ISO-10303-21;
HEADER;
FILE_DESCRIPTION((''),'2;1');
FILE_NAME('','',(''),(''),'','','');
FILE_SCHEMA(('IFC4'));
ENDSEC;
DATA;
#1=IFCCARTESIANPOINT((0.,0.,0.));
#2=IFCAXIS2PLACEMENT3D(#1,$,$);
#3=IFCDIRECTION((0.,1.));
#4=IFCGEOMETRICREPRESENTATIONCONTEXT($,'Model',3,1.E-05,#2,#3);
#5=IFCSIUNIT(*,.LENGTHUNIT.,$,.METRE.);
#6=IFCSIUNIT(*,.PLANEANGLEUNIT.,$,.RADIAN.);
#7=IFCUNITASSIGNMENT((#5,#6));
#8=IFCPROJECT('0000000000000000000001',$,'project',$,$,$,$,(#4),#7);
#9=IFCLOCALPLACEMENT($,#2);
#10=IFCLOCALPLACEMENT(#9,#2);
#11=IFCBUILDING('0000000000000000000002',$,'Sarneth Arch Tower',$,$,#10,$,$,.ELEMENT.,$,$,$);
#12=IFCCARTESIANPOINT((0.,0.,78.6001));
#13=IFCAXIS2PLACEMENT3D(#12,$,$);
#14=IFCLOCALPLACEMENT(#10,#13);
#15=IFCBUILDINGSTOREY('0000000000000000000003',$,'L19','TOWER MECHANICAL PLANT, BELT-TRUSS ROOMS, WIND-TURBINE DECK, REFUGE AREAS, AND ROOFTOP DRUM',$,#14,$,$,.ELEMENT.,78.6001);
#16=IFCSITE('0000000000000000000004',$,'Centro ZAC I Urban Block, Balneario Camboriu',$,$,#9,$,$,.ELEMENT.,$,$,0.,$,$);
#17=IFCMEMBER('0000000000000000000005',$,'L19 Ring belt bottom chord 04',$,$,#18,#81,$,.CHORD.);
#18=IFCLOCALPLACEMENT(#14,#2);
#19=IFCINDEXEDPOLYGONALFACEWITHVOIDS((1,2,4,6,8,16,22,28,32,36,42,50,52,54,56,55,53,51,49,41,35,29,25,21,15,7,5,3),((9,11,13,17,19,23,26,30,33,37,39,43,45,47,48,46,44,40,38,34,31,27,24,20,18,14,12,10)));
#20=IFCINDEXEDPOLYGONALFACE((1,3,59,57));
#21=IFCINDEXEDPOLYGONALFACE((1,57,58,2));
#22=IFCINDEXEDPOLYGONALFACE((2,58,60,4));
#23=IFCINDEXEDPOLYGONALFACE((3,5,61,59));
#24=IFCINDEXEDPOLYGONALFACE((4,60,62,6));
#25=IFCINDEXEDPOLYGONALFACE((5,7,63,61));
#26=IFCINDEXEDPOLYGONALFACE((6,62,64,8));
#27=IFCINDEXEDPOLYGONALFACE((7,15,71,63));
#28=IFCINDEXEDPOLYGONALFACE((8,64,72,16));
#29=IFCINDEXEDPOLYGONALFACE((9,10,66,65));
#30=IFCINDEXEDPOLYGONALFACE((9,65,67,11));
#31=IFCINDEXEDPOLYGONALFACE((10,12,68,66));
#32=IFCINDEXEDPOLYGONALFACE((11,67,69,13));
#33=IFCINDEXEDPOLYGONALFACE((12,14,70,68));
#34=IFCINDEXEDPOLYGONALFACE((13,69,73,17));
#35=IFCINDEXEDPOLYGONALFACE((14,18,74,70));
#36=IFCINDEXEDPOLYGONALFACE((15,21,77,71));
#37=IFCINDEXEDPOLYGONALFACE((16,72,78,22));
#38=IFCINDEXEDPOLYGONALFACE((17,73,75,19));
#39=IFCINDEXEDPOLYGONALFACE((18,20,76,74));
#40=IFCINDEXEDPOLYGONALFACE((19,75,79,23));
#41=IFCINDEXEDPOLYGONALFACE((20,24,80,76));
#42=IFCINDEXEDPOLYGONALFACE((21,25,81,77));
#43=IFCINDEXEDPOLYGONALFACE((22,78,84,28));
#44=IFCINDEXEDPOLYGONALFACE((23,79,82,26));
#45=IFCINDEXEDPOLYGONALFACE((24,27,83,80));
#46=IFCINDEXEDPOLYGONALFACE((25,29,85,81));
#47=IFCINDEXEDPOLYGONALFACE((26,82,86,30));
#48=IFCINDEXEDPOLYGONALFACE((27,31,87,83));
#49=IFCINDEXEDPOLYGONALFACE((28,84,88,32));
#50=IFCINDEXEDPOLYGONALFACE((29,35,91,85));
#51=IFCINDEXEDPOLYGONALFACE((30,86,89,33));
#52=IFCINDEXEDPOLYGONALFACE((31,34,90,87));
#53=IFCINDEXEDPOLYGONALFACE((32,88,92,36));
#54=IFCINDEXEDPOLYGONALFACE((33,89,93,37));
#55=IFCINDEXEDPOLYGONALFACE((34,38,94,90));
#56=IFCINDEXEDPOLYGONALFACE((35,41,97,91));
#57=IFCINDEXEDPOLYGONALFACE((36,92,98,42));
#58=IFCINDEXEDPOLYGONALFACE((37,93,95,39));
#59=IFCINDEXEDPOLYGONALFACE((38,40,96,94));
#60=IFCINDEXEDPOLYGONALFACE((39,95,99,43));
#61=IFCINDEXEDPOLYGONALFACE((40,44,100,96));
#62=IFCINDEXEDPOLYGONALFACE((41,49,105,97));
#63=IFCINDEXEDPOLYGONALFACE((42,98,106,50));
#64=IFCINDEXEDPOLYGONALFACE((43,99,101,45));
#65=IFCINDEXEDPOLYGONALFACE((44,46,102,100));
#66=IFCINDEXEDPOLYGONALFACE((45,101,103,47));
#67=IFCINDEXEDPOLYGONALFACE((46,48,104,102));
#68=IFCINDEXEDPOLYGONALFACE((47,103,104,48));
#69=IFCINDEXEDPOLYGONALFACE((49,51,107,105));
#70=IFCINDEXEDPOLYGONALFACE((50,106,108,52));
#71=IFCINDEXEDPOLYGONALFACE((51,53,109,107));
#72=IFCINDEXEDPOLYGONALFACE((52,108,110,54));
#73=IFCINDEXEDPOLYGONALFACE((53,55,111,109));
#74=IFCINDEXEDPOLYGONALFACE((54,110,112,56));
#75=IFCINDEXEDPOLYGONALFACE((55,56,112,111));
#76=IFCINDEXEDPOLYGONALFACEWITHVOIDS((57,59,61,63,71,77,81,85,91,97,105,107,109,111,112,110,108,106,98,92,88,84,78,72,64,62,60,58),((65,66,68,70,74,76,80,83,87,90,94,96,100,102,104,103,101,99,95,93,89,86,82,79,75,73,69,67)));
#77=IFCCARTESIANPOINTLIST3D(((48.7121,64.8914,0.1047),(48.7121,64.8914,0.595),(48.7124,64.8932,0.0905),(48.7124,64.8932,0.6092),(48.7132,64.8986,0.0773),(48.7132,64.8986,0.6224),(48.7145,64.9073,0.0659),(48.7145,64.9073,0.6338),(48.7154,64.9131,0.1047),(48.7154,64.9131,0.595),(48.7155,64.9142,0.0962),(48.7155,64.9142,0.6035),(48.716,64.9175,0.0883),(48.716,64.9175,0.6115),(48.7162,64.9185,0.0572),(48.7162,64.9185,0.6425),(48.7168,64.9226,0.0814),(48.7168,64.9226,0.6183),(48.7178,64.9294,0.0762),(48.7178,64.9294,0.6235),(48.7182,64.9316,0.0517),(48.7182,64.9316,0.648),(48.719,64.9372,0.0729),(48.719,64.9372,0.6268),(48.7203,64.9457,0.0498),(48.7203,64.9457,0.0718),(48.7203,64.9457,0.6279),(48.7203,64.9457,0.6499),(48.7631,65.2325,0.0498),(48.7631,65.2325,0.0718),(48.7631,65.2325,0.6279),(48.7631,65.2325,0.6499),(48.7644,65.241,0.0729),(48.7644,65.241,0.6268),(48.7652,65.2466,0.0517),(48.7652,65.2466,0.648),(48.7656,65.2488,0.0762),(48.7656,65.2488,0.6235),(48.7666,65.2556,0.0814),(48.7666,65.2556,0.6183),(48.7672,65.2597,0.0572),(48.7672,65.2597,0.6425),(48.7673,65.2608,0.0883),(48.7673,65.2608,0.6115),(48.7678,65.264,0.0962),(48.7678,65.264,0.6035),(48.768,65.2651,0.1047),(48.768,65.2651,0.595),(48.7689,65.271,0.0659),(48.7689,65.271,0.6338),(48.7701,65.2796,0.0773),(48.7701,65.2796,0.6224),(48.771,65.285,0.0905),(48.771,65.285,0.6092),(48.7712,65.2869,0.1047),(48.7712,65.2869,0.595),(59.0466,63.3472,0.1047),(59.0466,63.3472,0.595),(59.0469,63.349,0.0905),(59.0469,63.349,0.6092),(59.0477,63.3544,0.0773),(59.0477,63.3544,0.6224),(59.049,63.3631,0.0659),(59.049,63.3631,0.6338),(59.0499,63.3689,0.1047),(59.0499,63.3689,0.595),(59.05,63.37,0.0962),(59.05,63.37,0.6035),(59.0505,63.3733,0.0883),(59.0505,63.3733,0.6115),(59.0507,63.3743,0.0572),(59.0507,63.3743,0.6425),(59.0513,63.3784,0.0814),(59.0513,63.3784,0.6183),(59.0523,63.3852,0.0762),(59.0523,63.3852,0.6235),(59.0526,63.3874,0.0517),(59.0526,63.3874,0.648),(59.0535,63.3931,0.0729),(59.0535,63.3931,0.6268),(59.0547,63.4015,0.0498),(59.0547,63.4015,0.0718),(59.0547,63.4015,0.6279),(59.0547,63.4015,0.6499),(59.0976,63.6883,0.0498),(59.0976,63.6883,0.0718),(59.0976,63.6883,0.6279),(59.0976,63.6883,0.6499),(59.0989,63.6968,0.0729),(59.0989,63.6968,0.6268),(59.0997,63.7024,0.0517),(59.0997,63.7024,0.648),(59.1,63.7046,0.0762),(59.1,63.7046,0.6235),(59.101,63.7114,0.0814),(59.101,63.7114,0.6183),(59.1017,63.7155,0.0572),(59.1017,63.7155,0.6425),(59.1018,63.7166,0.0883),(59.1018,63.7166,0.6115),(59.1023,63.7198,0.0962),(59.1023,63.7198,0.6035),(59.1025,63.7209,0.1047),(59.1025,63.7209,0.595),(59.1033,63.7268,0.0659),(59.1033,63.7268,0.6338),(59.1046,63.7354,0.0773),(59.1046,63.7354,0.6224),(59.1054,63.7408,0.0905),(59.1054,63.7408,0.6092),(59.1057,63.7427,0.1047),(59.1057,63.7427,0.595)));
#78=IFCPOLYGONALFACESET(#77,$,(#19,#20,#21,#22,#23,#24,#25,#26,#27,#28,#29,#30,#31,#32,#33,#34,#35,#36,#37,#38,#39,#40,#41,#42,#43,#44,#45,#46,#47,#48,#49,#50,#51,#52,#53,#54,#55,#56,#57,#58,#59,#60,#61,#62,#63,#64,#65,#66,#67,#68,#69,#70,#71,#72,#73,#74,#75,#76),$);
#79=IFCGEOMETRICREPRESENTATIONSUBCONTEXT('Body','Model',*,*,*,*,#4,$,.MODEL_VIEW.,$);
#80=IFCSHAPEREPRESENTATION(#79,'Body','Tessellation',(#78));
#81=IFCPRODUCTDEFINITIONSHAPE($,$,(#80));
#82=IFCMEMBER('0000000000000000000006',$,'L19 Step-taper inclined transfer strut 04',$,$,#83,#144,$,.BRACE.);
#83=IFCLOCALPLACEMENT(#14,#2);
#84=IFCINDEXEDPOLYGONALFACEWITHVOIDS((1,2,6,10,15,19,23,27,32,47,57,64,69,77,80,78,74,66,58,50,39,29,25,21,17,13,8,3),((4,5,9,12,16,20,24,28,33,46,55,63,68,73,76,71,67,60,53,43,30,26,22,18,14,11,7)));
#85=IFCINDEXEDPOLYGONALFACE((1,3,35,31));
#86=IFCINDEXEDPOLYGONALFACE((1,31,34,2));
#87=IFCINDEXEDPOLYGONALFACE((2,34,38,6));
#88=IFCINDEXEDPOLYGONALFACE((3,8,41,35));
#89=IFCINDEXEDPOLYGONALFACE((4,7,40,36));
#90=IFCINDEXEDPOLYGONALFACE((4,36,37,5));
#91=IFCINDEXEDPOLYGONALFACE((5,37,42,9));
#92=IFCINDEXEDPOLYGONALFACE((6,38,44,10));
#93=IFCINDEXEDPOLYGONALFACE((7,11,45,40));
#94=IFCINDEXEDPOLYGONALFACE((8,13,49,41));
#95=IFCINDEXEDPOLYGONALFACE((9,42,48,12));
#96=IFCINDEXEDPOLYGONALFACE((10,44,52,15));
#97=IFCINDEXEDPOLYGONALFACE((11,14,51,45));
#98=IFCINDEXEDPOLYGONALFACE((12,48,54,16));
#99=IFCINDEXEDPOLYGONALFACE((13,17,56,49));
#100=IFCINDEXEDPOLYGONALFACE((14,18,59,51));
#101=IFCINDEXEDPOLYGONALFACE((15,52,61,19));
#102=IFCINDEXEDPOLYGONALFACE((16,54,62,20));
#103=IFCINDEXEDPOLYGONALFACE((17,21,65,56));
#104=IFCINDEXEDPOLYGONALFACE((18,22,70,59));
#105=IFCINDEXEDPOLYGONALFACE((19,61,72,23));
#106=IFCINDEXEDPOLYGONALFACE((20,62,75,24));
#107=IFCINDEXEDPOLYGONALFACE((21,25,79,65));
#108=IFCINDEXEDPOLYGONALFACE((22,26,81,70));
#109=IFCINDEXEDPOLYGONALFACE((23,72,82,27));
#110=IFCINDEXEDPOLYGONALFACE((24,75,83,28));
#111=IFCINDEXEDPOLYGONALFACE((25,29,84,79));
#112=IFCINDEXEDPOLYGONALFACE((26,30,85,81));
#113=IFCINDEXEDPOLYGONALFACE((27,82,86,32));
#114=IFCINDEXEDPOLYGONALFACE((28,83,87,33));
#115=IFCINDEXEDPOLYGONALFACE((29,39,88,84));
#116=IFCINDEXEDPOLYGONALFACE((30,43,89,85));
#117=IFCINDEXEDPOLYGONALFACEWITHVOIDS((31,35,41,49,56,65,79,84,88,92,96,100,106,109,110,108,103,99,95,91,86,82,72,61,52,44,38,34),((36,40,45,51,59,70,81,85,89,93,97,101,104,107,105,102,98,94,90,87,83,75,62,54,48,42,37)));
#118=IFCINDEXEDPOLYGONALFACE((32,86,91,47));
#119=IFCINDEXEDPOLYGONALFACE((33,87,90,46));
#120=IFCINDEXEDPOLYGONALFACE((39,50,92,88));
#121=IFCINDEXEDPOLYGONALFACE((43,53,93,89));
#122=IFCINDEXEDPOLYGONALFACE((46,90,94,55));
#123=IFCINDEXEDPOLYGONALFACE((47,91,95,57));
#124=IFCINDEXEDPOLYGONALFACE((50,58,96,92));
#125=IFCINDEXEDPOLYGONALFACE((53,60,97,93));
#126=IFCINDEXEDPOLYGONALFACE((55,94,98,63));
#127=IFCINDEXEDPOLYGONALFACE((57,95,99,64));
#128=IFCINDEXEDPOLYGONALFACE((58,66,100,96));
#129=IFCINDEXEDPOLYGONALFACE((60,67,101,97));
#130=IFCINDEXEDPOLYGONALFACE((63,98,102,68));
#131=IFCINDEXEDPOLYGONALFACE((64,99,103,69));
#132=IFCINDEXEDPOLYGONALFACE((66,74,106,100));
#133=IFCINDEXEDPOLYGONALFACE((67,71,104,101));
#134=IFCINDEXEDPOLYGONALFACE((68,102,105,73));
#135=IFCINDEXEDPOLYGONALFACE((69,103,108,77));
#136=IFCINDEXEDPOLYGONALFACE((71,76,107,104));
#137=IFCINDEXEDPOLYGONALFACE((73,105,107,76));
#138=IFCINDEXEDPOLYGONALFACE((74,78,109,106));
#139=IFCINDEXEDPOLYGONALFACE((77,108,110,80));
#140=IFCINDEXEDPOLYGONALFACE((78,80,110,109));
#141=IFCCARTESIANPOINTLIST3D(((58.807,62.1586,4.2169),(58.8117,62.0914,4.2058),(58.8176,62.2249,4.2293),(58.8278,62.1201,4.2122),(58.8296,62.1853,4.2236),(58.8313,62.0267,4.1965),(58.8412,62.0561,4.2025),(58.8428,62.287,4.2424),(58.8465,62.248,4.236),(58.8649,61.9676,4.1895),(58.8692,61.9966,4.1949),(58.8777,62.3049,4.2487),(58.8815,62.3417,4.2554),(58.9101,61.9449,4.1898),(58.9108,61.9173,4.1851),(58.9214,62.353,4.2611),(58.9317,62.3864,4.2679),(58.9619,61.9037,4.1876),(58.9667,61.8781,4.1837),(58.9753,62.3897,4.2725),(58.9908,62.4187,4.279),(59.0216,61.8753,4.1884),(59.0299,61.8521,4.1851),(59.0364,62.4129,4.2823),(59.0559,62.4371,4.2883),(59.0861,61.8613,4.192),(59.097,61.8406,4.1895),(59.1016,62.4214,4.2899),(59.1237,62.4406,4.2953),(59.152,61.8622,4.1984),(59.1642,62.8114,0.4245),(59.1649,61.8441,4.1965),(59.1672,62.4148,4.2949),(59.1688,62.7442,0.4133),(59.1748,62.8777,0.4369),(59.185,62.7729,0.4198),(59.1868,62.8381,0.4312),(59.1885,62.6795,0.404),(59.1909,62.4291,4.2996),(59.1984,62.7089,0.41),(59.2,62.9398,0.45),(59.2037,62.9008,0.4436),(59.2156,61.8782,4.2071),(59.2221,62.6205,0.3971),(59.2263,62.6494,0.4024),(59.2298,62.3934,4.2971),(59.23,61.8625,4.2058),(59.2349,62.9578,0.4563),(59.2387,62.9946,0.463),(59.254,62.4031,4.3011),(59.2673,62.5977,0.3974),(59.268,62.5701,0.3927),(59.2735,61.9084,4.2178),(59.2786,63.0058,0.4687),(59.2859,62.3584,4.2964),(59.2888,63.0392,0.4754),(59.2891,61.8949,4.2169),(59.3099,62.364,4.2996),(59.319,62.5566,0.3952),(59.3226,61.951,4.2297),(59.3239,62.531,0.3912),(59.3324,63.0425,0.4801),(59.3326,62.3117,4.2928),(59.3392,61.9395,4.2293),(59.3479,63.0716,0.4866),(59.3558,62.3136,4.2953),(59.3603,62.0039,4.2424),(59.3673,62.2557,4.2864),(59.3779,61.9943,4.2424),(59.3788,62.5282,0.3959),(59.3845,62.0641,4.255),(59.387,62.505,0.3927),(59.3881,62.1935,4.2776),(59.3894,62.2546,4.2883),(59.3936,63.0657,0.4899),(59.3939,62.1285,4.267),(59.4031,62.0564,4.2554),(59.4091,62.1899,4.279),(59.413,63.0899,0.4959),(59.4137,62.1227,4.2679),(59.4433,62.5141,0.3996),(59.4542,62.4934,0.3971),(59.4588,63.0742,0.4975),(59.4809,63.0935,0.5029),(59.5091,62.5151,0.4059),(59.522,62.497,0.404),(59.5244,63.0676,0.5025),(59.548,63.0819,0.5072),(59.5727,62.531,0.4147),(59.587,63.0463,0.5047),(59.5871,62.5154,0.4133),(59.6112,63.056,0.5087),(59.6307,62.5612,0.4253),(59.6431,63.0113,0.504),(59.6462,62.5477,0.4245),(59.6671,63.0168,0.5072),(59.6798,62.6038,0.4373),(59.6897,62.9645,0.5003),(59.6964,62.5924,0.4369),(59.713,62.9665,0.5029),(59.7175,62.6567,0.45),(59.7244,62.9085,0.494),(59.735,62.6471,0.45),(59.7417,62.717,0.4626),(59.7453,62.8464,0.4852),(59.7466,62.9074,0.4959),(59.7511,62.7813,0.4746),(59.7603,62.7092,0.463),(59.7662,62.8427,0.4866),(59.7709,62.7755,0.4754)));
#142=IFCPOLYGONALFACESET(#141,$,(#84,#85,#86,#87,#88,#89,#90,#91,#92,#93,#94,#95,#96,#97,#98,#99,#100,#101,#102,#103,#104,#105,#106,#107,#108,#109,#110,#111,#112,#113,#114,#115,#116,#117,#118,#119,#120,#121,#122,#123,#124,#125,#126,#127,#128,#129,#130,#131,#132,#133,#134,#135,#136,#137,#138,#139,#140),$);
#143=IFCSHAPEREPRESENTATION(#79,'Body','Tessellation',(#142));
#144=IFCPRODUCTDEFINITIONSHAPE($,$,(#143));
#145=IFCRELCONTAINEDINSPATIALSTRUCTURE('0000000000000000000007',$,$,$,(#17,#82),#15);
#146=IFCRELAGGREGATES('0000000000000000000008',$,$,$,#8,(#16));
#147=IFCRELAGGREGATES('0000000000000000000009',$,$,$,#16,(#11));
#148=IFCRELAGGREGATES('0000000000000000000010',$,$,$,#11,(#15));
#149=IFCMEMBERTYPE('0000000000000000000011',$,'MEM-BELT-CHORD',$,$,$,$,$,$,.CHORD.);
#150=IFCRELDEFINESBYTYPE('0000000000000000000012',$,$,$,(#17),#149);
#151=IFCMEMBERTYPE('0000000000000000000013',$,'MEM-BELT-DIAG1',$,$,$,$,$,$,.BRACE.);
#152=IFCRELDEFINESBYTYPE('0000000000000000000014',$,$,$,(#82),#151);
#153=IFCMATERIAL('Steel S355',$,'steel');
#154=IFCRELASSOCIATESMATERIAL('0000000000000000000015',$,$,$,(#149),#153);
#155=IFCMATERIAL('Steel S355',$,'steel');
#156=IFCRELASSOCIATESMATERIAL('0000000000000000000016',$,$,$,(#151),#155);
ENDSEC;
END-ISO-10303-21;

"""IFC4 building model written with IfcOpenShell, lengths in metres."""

from ifc_helpers import new_model, si_unit, direction, frame, origin, origin_2d, place, context, subcontext, project, spatial, hollow_rectangle, hollow_circle, extrude, material, material_profile, profile_set, type_object, element, save


model = new_model("IFC4")

# Units and contexts
model_context = context("Model", 3, precision=1e-05, world=origin(), true_north=direction((0.0, 1.0)))
body_context = subcontext(model_context, "Body", "Model", "MODEL_VIEW")
ifc_project = project(units=[si_unit("LENGTHUNIT", "METRE"), si_unit("PLANEANGLEUNIT", "RADIAN")], contexts=[model_context])

# Site, building, storey
site_placement = place(None, origin())
site = spatial("IfcSite", under=ifc_project, at=site_placement, Name="Centro ZAC I Urban Block, Balneario Camboriu", CompositionType="ELEMENT", RefElevation=0.0)
building_placement = place(site_placement, origin())
building = spatial("IfcBuilding", under=site, at=building_placement, Name="Sarneth Arch Tower", CompositionType="ELEMENT")
storey_placement = place(building_placement, frame((0.0, 0.0, 78.6001)))
storey = spatial("IfcBuildingStorey", under=building, at=storey_placement, Name="L19", Description="TOWER MECHANICAL PLANT, BELT-TRUSS ROOMS, WIND-TURBINE DECK, REFUGE AREAS, AND ROOFTOP DRUM", CompositionType="ELEMENT", Elevation=78.6001)

# Members
ifc_material_1 = material(Name="Steel S355", Category="steel")
ifc_material_profile_1 = material_profile(ifc_material_1, hollow_rectangle(XDim=0.3999, YDim=0.6001, WallThickness=0.022, InnerFilletRadius=0.033, OuterFilletRadius=0.0549, at=origin_2d()), Name="RHS600x400x22")
ifc_profile_set_1 = profile_set([ifc_material_profile_1], Name="Steel S355")
member_type_1 = type_object("IfcMemberType", Name="MEM-BELT-CHORD", PredefinedType="CHORD", material=ifc_profile_set_1)
member_1_placement = place(storey_placement, frame((59.0762, 63.5449, 0.3499), z_axis=(-0.98902, 0.147781, 0.0), x_axis=(-0.147781, -0.98902, 0.0)))
element("IfcMember", 1, at=member_1_placement, inside=storey, type_object=member_type_1, Name="L19 Ring belt bottom chord 04", PredefinedType="CHORD", context=body_context, shape_type="SweptSolid", body=[
    extrude(hollow_rectangle(XDim=0.3999, YDim=0.6001, WallThickness=0.022, InnerFilletRadius=0.033, OuterFilletRadius=0.0549, at=origin_2d()), origin(), (0.0, 0.0, 1.0), 10.4492),
])
ifc_material_2 = material(Name="Steel S355", Category="steel")
ifc_material_profile_2 = material_profile(ifc_material_2, hollow_circle(Radius=0.3049, WallThickness=0.02, at=origin_2d()), Name="CHS610x20")
ifc_profile_set_2 = profile_set([ifc_material_profile_2], Name="Steel S355")
member_type_2 = type_object("IfcMemberType", Name="MEM-BELT-DIAG1", PredefinedType="BRACE", material=ifc_profile_set_2)
member_2_placement = place(storey_placement, frame((59.4675, 62.7935, 0.45), z_axis=(-0.092418, -0.168917, 0.981288), x_axis=(0.87728, -0.479978, 0.0)))
element("IfcMember", 2, at=member_2_placement, inside=storey, type_object=member_type_2, Name="L19 Step-taper inclined transfer strut 04", PredefinedType="BRACE", context=body_context, shape_type="SweptSolid", body=[
    extrude(hollow_circle(Radius=0.3049, WallThickness=0.02, at=origin_2d()), origin(), (0.0, 0.0, 1.0), 3.8647),
])

save(model, "model.ifc")
